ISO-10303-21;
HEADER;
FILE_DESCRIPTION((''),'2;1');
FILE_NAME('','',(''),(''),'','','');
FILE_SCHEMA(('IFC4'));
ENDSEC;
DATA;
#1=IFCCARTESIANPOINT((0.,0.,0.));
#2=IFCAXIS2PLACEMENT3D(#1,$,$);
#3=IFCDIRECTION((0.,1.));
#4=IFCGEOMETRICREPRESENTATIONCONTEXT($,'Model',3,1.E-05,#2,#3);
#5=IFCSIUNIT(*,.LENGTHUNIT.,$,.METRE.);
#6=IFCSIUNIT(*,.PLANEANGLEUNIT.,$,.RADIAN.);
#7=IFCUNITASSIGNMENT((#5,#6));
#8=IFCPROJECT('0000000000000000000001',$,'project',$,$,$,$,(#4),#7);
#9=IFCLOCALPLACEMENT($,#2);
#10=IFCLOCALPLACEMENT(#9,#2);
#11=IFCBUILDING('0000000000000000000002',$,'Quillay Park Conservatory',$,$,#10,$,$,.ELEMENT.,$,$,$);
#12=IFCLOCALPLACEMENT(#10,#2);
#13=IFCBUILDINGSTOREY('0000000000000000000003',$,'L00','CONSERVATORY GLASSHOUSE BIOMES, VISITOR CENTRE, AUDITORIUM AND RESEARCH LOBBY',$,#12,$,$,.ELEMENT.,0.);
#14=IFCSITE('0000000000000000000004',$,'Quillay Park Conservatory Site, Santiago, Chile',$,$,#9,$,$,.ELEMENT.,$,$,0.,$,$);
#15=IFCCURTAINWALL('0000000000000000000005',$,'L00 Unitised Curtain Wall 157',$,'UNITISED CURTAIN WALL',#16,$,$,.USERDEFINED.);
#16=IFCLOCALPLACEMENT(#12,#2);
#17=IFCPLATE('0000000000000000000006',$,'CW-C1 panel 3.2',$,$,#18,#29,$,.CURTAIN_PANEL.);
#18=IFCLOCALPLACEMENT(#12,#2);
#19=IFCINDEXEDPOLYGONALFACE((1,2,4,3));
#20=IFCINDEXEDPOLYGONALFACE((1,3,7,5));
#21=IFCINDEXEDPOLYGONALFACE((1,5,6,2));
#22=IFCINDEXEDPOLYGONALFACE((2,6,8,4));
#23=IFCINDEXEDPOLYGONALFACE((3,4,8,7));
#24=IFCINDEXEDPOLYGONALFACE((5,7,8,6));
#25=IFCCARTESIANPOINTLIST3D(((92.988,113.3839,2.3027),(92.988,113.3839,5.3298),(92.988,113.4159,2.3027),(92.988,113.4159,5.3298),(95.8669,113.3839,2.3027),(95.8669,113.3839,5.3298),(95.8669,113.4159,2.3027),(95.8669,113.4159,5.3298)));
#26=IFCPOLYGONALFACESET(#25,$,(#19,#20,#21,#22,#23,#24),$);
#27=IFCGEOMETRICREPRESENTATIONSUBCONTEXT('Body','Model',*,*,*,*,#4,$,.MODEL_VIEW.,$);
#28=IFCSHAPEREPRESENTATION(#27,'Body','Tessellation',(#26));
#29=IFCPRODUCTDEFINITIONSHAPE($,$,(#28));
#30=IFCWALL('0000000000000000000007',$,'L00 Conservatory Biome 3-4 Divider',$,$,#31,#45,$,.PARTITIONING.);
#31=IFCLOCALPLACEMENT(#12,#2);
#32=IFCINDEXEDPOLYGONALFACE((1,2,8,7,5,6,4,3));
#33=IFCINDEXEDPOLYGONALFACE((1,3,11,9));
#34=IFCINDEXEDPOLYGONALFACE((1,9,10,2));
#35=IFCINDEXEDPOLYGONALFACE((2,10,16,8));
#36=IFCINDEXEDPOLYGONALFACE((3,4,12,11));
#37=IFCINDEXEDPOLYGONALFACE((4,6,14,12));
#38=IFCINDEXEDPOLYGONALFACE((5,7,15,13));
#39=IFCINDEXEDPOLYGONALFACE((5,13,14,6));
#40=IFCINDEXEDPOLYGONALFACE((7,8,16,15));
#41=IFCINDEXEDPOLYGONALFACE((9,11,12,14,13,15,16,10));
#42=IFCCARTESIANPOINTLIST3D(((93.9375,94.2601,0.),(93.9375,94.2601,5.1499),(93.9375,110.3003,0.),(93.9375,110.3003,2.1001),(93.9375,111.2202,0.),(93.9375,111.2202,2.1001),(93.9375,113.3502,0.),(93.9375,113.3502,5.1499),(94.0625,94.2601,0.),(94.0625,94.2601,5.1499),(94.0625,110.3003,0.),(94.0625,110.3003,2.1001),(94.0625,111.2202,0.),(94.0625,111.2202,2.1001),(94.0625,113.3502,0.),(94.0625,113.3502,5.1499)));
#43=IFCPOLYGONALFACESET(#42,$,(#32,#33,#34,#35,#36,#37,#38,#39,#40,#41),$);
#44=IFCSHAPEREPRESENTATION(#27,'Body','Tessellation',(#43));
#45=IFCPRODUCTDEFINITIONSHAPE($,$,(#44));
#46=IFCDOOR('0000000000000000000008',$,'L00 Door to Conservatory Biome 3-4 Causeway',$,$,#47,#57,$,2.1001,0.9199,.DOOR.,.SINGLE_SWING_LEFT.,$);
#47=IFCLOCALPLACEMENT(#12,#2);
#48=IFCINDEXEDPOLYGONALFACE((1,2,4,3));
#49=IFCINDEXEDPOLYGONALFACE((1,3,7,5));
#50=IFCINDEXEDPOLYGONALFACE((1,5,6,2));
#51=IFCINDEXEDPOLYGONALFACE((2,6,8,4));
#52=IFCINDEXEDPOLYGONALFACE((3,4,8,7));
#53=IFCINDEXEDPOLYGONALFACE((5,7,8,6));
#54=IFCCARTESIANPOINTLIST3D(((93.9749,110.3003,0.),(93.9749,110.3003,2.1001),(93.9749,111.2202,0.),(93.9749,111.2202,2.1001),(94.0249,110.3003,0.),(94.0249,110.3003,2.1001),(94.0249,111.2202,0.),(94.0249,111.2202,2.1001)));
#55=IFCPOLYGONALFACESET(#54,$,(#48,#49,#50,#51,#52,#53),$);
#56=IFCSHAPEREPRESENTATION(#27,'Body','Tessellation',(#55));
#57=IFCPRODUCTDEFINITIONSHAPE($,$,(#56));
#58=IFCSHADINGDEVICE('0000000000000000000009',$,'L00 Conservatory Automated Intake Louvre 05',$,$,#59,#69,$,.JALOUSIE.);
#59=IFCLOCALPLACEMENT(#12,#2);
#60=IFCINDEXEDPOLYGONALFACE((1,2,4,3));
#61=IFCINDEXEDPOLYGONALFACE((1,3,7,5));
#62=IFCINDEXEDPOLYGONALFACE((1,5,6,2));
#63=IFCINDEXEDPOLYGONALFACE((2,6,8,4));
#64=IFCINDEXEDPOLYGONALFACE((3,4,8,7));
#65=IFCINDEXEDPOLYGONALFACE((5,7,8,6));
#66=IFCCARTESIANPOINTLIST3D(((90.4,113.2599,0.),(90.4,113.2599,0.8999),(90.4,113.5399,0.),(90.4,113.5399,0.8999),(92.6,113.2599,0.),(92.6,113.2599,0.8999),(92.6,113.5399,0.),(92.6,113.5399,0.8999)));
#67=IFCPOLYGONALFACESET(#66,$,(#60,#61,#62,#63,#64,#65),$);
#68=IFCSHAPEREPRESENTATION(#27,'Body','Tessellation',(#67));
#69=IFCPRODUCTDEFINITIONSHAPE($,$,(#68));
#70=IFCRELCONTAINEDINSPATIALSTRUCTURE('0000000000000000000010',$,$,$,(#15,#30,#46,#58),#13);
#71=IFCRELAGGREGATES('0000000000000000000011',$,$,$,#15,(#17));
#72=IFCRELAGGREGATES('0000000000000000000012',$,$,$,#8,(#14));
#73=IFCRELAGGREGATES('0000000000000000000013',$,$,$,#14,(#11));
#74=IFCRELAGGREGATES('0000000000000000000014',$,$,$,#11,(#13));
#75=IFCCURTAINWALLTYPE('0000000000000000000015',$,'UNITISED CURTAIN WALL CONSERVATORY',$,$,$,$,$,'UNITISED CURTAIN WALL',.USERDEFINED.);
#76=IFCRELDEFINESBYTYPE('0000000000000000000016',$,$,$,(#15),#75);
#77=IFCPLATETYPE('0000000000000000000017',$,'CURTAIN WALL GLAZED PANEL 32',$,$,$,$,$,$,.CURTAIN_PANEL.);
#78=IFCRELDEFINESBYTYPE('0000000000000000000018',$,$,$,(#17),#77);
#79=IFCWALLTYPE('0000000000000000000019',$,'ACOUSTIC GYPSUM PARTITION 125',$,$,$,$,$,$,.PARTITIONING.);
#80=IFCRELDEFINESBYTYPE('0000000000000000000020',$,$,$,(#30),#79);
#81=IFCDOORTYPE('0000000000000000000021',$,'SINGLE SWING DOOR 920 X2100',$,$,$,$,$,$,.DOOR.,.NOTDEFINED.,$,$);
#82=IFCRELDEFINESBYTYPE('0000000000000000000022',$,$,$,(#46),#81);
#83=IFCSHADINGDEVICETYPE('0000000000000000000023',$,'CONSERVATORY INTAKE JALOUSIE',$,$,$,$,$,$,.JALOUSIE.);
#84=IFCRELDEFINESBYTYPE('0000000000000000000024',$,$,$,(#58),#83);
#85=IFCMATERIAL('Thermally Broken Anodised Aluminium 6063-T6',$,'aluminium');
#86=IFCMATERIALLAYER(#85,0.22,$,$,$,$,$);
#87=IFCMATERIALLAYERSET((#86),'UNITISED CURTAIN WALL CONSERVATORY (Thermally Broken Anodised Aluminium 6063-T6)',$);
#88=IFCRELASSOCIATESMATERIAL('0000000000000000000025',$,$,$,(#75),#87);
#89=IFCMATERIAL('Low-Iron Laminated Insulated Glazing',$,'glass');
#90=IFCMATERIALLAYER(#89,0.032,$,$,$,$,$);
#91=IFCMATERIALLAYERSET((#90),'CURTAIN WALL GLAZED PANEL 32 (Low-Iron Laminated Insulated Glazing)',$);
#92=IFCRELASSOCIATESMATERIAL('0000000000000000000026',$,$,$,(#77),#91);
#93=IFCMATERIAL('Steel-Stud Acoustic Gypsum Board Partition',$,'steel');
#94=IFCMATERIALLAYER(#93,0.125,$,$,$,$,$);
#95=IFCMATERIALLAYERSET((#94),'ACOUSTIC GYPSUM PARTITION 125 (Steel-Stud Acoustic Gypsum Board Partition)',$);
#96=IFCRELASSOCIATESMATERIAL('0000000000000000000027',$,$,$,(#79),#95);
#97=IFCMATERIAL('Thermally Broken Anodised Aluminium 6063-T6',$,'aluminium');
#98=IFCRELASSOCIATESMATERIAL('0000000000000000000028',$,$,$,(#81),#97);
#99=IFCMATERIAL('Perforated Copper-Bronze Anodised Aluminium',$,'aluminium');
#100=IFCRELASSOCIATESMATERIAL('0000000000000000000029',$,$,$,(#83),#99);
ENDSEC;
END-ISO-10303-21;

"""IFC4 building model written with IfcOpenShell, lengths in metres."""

from ifc_helpers import new_model, si_unit, direction, frame, frame_2d, origin, origin_2d, place, context, subcontext, project, spatial, rectangle, extrude, material, layer, layer_set, type_object, element, fill, aggregate, save


model = new_model("IFC4")

# Units and contexts
model_context = context("Model", 3, precision=1e-05, world=origin(), true_north=direction((0.0, 1.0)))
body_context = subcontext(model_context, "Body", "Model", "MODEL_VIEW")
ifc_project = project(units=[si_unit("LENGTHUNIT", "METRE"), si_unit("PLANEANGLEUNIT", "RADIAN")], contexts=[model_context])

# Site, building, storey
site_placement = place(None, origin())
site = spatial("IfcSite", under=ifc_project, at=site_placement, Name="Quillay Park Conservatory Site, Santiago, Chile", CompositionType="ELEMENT", RefElevation=0.0)
building_placement = place(site_placement, origin())
building = spatial("IfcBuilding", under=site, at=building_placement, Name="Quillay Park Conservatory", CompositionType="ELEMENT")
storey_placement = place(building_placement, origin())
storey = spatial("IfcBuildingStorey", under=building, at=storey_placement, Name="L00", Description="CONSERVATORY GLASSHOUSE BIOMES, VISITOR CENTRE, AUDITORIUM AND RESEARCH LOBBY", CompositionType="ELEMENT", Elevation=0.0)

# Curtain wall
ifc_material_1 = material(Name="Thermally Broken Anodised Aluminium 6063-T6", Category="aluminium")
ifc_layer_1 = layer(ifc_material_1, 0.22)
ifc_layer_set_1 = layer_set([ifc_layer_1], Name="UNITISED CURTAIN WALL CONSERVATORY (Thermally Broken Anodised Aluminium 6063-T6)")
curtain_wall_type = type_object("IfcCurtainWallType", Name="UNITISED CURTAIN WALL CONSERVATORY", ElementType="UNITISED CURTAIN WALL", PredefinedType="USERDEFINED", material=ifc_layer_set_1)
curtain_wall_placement = place(storey_placement, origin())
curtain_wall = element("IfcCurtainWall", 1, at=curtain_wall_placement, inside=storey, type_object=curtain_wall_type, Name="L00 Unitised Curtain Wall 157", ObjectType="UNITISED CURTAIN WALL", PredefinedType="USERDEFINED")

# Plate
ifc_material_2 = material(Name="Low-Iron Laminated Insulated Glazing", Category="glass")
ifc_layer_2 = layer(ifc_material_2, 0.032)
ifc_layer_set_2 = layer_set([ifc_layer_2], Name="CURTAIN WALL GLAZED PANEL 32 (Low-Iron Laminated Insulated Glazing)")
plate_type = type_object("IfcPlateType", Name="CURTAIN WALL GLAZED PANEL 32", PredefinedType="CURTAIN_PANEL", material=ifc_layer_set_2)
plate_1_placement = place(storey_placement, frame((94.4275, 113.3999, 2.3027), z_axis=(0.0, 0.0, 1.0), x_axis=(1.0, 0.0, 0.0)))
plate_1 = element("IfcPlate", 2, at=plate_1_placement, type_object=plate_type, Name="CW-C1 panel 3.2", PredefinedType="CURTAIN_PANEL", context=body_context, shape_type="SweptSolid", body=[
    extrude(rectangle(XDim=2.8789, YDim=0.032, at=origin_2d()), origin(), (0.0, 0.0, 1.0), 3.0271),
])
aggregate(curtain_wall, [plate_1])

# Wall, opening, door
ifc_material_3 = material(Name="Steel-Stud Acoustic Gypsum Board Partition", Category="steel")
ifc_layer_3 = layer(ifc_material_3, 0.125)
ifc_layer_set_3 = layer_set([ifc_layer_3], Name="ACOUSTIC GYPSUM PARTITION 125 (Steel-Stud Acoustic Gypsum Board Partition)")
wall_type = type_object("IfcWallType", Name="ACOUSTIC GYPSUM PARTITION 125", PredefinedType="PARTITIONING", material=ifc_layer_set_3)
wall_placement = place(storey_placement, frame((94.0, 113.3501, 0.0), z_axis=(0.0, 0.0, 1.0), x_axis=(0.0, -1.0, 0.0)))
wall = element("IfcWall", 3, at=wall_placement, inside=storey, type_object=wall_type, Name="L00 Conservatory Biome 3-4 Divider", PredefinedType="PARTITIONING", context=body_context, shape_type="SweptSolid", body=[
    extrude(rectangle(XDim=19.0901, YDim=0.125, at=frame_2d((9.5449, 0.0))), origin(), (0.0, 0.0, 1.0), 5.1499),
])
opening_placement = place(wall_placement, frame((2.1299, 0.0, 0.0)))
opening = element("IfcOpeningElement", 4, at=opening_placement, cuts=wall, PredefinedType="OPENING", context=body_context, shape_type="SweptSolid", body=[
    extrude(rectangle(XDim=0.9199, YDim=2.1001, at=frame_2d((0.46, 1.05))), frame((0.0, 0.0625, 0.0), z_axis=(0.0, -1.0, 0.0), x_axis=(1.0, 0.0, 0.0)), (0.0, 0.0, 1.0), 0.125),
])
ifc_material_4 = material(Name="Thermally Broken Anodised Aluminium 6063-T6", Category="aluminium")
door_type = type_object("IfcDoorType", Name="SINGLE SWING DOOR 920 X2100", OperationType="NOTDEFINED", PredefinedType="DOOR", material=ifc_material_4)
door_placement = place(opening_placement, origin())
door = element("IfcDoor", 5, at=door_placement, inside=storey, type_object=door_type, Name="L00 Door to Conservatory Biome 3-4 Causeway", OperationType="SINGLE_SWING_LEFT", OverallHeight=2.1001, OverallWidth=0.9199, PredefinedType="DOOR", context=body_context, shape_type="SweptSolid", body=[
    extrude(rectangle(XDim=0.9199, YDim=2.1001, at=frame_2d((0.46, 1.05))), frame((0.0, 0.0249, 0.0), z_axis=(0.0, -1.0, 0.0), x_axis=(1.0, 0.0, 0.0)), (0.0, 0.0, 1.0), 0.05),
])
fill(opening, door)

# Shading device
ifc_material_5 = material(Name="Perforated Copper-Bronze Anodised Aluminium", Category="aluminium")
shading_device_type = type_object("IfcShadingDeviceType", Name="CONSERVATORY INTAKE JALOUSIE", PredefinedType="JALOUSIE", material=ifc_material_5)
shading_device_placement = place(storey_placement, frame((91.5, 113.3999, 0.0), z_axis=(0.0, 0.0, 1.0), x_axis=(1.0, 0.0, 0.0)))
element("IfcShadingDevice", 6, at=shading_device_placement, inside=storey, type_object=shading_device_type, Name="L00 Conservatory Automated Intake Louvre 05", PredefinedType="JALOUSIE", context=body_context, shape_type="SweptSolid", body=[
    extrude(rectangle(XDim=2.2, YDim=0.28, at=origin_2d()), origin(), (0.0, 0.0, 1.0), 0.8999),
])

save(model, "model.ifc")
